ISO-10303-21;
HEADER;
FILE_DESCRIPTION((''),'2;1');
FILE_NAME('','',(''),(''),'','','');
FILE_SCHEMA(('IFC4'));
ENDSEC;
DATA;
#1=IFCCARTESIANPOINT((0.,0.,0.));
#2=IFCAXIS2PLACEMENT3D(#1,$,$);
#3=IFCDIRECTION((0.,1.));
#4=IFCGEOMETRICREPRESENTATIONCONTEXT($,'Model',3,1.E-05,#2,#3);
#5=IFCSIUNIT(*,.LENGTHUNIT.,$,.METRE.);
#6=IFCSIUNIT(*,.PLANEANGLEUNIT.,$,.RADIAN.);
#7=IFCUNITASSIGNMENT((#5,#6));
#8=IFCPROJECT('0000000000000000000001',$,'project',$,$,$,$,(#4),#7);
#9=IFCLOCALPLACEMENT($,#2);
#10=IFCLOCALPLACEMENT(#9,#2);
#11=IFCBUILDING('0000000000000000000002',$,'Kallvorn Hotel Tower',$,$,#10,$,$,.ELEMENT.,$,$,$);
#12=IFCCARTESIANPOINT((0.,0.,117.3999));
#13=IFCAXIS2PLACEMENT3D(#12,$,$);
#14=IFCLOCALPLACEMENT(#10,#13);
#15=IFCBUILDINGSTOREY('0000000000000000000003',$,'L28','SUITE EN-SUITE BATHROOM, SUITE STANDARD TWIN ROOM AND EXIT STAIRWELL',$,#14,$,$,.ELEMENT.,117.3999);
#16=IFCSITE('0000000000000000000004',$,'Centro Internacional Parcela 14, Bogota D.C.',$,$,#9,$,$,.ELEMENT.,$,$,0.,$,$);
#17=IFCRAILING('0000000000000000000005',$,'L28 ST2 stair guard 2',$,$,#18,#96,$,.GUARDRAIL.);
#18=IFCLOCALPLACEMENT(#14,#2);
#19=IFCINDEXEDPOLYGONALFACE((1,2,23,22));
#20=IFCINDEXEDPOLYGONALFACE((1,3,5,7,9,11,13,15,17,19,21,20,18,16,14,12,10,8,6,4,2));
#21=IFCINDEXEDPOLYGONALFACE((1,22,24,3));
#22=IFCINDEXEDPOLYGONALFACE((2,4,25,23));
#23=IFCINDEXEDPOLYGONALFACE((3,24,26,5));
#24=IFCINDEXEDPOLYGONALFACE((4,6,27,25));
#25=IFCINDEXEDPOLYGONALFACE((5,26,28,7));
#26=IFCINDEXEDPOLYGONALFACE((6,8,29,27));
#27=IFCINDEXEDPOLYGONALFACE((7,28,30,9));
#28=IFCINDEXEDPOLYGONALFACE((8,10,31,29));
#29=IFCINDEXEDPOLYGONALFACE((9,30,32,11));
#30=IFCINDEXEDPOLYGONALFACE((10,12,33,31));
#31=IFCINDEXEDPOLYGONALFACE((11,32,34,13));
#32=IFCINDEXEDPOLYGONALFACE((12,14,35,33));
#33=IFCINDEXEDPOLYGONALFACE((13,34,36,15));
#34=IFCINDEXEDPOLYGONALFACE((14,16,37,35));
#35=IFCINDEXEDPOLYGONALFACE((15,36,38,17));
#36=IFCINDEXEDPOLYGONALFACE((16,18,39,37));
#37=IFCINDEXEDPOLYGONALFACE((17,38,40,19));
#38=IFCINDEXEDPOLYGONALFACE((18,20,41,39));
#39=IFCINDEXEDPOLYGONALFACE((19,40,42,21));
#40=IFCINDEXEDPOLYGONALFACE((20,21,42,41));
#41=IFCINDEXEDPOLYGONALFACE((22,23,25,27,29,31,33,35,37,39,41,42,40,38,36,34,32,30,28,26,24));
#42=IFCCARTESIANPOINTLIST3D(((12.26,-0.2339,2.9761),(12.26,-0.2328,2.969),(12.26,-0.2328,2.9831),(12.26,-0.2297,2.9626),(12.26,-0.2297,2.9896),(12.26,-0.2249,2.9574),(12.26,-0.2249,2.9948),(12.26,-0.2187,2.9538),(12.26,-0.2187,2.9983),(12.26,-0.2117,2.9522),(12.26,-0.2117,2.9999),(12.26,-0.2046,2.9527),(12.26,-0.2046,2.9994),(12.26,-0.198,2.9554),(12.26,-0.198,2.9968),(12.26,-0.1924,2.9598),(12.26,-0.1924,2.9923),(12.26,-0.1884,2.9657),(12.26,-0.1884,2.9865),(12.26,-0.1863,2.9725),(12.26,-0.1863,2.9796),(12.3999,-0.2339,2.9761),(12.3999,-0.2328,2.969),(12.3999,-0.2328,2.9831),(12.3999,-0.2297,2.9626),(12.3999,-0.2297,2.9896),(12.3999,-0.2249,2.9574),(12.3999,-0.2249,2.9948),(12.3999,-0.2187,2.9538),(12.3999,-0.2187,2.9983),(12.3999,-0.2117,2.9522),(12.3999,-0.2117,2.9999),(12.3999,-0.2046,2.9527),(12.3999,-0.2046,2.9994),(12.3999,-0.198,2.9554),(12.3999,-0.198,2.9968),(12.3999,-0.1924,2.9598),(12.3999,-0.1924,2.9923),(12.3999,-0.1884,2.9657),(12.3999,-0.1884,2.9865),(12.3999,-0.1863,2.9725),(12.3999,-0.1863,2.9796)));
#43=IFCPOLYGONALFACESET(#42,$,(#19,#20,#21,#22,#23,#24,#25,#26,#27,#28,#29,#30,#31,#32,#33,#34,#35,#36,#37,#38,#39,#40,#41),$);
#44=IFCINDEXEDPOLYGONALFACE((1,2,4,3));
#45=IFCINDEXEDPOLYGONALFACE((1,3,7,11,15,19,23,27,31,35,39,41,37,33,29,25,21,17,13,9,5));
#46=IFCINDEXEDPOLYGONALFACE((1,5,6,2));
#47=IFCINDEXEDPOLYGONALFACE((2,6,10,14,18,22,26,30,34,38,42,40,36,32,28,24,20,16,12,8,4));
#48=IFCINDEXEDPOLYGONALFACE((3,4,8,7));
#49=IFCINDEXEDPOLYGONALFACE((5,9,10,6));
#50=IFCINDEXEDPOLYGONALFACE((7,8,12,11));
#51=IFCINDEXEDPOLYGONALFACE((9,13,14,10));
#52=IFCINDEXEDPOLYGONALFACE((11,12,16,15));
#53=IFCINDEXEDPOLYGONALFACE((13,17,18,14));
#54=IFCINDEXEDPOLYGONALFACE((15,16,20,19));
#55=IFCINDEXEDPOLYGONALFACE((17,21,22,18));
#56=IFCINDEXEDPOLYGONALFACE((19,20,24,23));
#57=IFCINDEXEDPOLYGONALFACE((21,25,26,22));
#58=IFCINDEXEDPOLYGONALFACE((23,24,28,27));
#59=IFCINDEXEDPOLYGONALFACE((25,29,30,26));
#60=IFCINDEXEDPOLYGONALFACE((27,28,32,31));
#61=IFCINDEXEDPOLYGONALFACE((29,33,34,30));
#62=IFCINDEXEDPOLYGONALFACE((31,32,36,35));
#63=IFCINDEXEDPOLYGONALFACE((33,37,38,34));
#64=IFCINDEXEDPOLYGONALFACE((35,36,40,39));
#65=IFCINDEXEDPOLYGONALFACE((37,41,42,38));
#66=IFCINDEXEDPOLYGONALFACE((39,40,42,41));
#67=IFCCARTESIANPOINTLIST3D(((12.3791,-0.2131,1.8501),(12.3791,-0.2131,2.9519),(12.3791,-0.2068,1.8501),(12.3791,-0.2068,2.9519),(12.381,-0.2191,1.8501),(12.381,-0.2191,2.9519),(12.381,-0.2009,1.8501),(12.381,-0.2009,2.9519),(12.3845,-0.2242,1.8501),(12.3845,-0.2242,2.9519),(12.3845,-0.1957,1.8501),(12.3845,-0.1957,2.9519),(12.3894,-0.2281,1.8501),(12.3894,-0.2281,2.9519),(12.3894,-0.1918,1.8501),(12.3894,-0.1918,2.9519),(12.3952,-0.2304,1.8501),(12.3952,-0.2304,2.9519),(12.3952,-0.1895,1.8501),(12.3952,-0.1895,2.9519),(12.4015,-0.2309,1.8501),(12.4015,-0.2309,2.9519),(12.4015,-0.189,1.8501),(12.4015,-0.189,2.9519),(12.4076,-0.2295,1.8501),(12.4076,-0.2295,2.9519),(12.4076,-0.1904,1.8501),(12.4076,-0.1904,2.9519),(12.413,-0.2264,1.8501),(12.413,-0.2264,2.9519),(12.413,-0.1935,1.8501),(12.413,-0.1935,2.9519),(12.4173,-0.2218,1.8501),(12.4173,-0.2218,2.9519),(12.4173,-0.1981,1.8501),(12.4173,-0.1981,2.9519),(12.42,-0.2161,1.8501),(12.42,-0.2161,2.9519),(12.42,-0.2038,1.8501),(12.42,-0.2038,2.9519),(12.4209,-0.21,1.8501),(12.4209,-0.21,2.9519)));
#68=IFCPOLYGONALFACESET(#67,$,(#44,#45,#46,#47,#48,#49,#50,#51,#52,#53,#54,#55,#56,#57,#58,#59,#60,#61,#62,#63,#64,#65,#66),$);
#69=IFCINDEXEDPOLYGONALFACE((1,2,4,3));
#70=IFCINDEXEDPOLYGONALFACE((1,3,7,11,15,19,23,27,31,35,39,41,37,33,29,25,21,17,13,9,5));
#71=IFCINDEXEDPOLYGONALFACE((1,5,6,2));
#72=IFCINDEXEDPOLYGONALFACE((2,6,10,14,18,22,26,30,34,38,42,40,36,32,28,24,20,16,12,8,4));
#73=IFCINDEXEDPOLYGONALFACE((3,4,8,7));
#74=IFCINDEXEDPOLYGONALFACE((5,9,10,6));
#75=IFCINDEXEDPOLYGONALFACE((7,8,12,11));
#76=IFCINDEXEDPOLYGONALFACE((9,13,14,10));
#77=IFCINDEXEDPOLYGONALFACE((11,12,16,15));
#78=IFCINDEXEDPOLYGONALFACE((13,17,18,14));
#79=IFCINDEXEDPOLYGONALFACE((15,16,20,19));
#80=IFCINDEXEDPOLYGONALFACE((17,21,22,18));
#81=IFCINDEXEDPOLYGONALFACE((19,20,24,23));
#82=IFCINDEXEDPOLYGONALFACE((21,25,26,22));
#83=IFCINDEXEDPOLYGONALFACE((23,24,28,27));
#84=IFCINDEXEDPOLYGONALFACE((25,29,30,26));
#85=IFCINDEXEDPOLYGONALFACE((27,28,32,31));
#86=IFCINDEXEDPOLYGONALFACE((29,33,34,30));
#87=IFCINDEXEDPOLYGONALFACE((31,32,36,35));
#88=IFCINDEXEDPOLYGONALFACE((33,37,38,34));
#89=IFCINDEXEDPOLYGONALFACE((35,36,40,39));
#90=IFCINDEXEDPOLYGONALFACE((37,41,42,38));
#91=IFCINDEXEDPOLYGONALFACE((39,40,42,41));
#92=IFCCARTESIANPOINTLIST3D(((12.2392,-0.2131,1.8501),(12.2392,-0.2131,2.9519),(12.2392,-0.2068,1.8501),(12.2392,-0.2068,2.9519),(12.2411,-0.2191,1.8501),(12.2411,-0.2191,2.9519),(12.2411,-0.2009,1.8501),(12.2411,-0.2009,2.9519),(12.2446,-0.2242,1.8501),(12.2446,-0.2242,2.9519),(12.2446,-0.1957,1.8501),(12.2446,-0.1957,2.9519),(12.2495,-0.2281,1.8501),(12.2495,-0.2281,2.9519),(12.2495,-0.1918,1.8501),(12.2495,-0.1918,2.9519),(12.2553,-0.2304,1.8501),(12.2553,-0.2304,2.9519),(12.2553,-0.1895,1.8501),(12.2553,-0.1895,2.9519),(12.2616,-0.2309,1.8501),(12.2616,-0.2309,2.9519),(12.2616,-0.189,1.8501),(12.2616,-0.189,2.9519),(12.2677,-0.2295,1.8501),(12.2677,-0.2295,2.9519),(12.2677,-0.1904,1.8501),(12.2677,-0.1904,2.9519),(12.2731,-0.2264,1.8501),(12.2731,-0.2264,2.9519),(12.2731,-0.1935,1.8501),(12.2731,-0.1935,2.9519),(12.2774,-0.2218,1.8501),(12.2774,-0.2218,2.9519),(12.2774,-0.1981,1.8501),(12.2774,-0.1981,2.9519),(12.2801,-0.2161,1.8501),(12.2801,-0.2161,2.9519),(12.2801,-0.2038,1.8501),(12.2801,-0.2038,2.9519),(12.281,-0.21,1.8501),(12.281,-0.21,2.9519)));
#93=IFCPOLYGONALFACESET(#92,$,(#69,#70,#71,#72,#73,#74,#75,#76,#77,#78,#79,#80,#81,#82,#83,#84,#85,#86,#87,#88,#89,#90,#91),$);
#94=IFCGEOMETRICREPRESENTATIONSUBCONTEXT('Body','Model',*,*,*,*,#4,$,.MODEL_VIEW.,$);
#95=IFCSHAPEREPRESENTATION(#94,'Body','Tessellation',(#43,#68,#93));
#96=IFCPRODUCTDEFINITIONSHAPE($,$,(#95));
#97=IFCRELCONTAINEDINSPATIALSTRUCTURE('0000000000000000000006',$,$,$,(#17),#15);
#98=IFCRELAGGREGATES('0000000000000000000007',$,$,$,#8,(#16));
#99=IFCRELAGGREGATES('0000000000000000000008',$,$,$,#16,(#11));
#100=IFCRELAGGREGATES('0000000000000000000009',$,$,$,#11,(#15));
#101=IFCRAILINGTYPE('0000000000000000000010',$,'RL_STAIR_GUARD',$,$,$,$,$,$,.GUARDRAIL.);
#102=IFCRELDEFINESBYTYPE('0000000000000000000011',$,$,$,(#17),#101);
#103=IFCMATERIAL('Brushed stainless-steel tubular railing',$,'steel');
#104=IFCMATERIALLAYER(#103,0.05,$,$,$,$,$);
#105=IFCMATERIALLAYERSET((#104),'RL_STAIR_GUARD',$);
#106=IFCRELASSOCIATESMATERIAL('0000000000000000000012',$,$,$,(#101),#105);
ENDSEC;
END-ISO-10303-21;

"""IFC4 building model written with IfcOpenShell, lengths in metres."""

from ifc_helpers import new_model, si_unit, direction, frame, origin, origin_2d, place, context, subcontext, project, spatial, circle, extrude, material, layer, layer_set, type_object, element, save


model = new_model("IFC4")

# Units and contexts
model_context = context("Model", 3, precision=1e-05, world=origin(), true_north=direction((0.0, 1.0)))
body_context = subcontext(model_context, "Body", "Model", "MODEL_VIEW")
ifc_project = project(units=[si_unit("LENGTHUNIT", "METRE"), si_unit("PLANEANGLEUNIT", "RADIAN")], contexts=[model_context])

# Site, building, storey
site_placement = place(None, origin())
site = spatial("IfcSite", under=ifc_project, at=site_placement, Name="Centro Internacional Parcela 14, Bogota D.C.", CompositionType="ELEMENT", RefElevation=0.0)
building_placement = place(site_placement, origin())
building = spatial("IfcBuilding", under=site, at=building_placement, Name="Kallvorn Hotel Tower", CompositionType="ELEMENT")
storey_placement = place(building_placement, frame((0.0, 0.0, 117.3999)))
storey = spatial("IfcBuildingStorey", under=building, at=storey_placement, Name="L28", Description="SUITE EN-SUITE BATHROOM, SUITE STANDARD TWIN ROOM AND EXIT STAIRWELL", CompositionType="ELEMENT", Elevation=117.3999)

# Railing
ifc_material_1 = material(Name="Brushed stainless-steel tubular railing", Category="steel")
ifc_layer_1 = layer(ifc_material_1, 0.05)
ifc_layer_set_1 = layer_set([ifc_layer_1], Name="RL_STAIR_GUARD")
railing_type_1 = type_object("IfcRailingType", Name="RL_STAIR_GUARD", PredefinedType="GUARDRAIL", material=ifc_layer_set_1)
railing_1_placement = place(storey_placement, frame((12.3999, -0.21, 1.8501)))
element("IfcRailing", 1, at=railing_1_placement, inside=storey, type_object=railing_type_1, Name="L28 ST2 stair guard 2", PredefinedType="GUARDRAIL", context=body_context, shape_type="SweptSolid", body=[
    extrude(circle(Radius=0.0239, at=origin_2d()), frame((0.0, 0.0, 1.126), z_axis=(-1.0, 0.0, 0.0), x_axis=(0.0, -1.0, 0.0)), (0.0, 0.0, 1.0), 0.1399),
    extrude(circle(Radius=0.021, at=origin_2d()), origin(), (0.0, 0.0, 1.0), 1.1018),
    extrude(circle(Radius=0.021, at=origin_2d()), frame((-0.1399, 0.0, 0.0)), (0.0, 0.0, 1.0), 1.1018),
])

save(model, "model.ifc")
